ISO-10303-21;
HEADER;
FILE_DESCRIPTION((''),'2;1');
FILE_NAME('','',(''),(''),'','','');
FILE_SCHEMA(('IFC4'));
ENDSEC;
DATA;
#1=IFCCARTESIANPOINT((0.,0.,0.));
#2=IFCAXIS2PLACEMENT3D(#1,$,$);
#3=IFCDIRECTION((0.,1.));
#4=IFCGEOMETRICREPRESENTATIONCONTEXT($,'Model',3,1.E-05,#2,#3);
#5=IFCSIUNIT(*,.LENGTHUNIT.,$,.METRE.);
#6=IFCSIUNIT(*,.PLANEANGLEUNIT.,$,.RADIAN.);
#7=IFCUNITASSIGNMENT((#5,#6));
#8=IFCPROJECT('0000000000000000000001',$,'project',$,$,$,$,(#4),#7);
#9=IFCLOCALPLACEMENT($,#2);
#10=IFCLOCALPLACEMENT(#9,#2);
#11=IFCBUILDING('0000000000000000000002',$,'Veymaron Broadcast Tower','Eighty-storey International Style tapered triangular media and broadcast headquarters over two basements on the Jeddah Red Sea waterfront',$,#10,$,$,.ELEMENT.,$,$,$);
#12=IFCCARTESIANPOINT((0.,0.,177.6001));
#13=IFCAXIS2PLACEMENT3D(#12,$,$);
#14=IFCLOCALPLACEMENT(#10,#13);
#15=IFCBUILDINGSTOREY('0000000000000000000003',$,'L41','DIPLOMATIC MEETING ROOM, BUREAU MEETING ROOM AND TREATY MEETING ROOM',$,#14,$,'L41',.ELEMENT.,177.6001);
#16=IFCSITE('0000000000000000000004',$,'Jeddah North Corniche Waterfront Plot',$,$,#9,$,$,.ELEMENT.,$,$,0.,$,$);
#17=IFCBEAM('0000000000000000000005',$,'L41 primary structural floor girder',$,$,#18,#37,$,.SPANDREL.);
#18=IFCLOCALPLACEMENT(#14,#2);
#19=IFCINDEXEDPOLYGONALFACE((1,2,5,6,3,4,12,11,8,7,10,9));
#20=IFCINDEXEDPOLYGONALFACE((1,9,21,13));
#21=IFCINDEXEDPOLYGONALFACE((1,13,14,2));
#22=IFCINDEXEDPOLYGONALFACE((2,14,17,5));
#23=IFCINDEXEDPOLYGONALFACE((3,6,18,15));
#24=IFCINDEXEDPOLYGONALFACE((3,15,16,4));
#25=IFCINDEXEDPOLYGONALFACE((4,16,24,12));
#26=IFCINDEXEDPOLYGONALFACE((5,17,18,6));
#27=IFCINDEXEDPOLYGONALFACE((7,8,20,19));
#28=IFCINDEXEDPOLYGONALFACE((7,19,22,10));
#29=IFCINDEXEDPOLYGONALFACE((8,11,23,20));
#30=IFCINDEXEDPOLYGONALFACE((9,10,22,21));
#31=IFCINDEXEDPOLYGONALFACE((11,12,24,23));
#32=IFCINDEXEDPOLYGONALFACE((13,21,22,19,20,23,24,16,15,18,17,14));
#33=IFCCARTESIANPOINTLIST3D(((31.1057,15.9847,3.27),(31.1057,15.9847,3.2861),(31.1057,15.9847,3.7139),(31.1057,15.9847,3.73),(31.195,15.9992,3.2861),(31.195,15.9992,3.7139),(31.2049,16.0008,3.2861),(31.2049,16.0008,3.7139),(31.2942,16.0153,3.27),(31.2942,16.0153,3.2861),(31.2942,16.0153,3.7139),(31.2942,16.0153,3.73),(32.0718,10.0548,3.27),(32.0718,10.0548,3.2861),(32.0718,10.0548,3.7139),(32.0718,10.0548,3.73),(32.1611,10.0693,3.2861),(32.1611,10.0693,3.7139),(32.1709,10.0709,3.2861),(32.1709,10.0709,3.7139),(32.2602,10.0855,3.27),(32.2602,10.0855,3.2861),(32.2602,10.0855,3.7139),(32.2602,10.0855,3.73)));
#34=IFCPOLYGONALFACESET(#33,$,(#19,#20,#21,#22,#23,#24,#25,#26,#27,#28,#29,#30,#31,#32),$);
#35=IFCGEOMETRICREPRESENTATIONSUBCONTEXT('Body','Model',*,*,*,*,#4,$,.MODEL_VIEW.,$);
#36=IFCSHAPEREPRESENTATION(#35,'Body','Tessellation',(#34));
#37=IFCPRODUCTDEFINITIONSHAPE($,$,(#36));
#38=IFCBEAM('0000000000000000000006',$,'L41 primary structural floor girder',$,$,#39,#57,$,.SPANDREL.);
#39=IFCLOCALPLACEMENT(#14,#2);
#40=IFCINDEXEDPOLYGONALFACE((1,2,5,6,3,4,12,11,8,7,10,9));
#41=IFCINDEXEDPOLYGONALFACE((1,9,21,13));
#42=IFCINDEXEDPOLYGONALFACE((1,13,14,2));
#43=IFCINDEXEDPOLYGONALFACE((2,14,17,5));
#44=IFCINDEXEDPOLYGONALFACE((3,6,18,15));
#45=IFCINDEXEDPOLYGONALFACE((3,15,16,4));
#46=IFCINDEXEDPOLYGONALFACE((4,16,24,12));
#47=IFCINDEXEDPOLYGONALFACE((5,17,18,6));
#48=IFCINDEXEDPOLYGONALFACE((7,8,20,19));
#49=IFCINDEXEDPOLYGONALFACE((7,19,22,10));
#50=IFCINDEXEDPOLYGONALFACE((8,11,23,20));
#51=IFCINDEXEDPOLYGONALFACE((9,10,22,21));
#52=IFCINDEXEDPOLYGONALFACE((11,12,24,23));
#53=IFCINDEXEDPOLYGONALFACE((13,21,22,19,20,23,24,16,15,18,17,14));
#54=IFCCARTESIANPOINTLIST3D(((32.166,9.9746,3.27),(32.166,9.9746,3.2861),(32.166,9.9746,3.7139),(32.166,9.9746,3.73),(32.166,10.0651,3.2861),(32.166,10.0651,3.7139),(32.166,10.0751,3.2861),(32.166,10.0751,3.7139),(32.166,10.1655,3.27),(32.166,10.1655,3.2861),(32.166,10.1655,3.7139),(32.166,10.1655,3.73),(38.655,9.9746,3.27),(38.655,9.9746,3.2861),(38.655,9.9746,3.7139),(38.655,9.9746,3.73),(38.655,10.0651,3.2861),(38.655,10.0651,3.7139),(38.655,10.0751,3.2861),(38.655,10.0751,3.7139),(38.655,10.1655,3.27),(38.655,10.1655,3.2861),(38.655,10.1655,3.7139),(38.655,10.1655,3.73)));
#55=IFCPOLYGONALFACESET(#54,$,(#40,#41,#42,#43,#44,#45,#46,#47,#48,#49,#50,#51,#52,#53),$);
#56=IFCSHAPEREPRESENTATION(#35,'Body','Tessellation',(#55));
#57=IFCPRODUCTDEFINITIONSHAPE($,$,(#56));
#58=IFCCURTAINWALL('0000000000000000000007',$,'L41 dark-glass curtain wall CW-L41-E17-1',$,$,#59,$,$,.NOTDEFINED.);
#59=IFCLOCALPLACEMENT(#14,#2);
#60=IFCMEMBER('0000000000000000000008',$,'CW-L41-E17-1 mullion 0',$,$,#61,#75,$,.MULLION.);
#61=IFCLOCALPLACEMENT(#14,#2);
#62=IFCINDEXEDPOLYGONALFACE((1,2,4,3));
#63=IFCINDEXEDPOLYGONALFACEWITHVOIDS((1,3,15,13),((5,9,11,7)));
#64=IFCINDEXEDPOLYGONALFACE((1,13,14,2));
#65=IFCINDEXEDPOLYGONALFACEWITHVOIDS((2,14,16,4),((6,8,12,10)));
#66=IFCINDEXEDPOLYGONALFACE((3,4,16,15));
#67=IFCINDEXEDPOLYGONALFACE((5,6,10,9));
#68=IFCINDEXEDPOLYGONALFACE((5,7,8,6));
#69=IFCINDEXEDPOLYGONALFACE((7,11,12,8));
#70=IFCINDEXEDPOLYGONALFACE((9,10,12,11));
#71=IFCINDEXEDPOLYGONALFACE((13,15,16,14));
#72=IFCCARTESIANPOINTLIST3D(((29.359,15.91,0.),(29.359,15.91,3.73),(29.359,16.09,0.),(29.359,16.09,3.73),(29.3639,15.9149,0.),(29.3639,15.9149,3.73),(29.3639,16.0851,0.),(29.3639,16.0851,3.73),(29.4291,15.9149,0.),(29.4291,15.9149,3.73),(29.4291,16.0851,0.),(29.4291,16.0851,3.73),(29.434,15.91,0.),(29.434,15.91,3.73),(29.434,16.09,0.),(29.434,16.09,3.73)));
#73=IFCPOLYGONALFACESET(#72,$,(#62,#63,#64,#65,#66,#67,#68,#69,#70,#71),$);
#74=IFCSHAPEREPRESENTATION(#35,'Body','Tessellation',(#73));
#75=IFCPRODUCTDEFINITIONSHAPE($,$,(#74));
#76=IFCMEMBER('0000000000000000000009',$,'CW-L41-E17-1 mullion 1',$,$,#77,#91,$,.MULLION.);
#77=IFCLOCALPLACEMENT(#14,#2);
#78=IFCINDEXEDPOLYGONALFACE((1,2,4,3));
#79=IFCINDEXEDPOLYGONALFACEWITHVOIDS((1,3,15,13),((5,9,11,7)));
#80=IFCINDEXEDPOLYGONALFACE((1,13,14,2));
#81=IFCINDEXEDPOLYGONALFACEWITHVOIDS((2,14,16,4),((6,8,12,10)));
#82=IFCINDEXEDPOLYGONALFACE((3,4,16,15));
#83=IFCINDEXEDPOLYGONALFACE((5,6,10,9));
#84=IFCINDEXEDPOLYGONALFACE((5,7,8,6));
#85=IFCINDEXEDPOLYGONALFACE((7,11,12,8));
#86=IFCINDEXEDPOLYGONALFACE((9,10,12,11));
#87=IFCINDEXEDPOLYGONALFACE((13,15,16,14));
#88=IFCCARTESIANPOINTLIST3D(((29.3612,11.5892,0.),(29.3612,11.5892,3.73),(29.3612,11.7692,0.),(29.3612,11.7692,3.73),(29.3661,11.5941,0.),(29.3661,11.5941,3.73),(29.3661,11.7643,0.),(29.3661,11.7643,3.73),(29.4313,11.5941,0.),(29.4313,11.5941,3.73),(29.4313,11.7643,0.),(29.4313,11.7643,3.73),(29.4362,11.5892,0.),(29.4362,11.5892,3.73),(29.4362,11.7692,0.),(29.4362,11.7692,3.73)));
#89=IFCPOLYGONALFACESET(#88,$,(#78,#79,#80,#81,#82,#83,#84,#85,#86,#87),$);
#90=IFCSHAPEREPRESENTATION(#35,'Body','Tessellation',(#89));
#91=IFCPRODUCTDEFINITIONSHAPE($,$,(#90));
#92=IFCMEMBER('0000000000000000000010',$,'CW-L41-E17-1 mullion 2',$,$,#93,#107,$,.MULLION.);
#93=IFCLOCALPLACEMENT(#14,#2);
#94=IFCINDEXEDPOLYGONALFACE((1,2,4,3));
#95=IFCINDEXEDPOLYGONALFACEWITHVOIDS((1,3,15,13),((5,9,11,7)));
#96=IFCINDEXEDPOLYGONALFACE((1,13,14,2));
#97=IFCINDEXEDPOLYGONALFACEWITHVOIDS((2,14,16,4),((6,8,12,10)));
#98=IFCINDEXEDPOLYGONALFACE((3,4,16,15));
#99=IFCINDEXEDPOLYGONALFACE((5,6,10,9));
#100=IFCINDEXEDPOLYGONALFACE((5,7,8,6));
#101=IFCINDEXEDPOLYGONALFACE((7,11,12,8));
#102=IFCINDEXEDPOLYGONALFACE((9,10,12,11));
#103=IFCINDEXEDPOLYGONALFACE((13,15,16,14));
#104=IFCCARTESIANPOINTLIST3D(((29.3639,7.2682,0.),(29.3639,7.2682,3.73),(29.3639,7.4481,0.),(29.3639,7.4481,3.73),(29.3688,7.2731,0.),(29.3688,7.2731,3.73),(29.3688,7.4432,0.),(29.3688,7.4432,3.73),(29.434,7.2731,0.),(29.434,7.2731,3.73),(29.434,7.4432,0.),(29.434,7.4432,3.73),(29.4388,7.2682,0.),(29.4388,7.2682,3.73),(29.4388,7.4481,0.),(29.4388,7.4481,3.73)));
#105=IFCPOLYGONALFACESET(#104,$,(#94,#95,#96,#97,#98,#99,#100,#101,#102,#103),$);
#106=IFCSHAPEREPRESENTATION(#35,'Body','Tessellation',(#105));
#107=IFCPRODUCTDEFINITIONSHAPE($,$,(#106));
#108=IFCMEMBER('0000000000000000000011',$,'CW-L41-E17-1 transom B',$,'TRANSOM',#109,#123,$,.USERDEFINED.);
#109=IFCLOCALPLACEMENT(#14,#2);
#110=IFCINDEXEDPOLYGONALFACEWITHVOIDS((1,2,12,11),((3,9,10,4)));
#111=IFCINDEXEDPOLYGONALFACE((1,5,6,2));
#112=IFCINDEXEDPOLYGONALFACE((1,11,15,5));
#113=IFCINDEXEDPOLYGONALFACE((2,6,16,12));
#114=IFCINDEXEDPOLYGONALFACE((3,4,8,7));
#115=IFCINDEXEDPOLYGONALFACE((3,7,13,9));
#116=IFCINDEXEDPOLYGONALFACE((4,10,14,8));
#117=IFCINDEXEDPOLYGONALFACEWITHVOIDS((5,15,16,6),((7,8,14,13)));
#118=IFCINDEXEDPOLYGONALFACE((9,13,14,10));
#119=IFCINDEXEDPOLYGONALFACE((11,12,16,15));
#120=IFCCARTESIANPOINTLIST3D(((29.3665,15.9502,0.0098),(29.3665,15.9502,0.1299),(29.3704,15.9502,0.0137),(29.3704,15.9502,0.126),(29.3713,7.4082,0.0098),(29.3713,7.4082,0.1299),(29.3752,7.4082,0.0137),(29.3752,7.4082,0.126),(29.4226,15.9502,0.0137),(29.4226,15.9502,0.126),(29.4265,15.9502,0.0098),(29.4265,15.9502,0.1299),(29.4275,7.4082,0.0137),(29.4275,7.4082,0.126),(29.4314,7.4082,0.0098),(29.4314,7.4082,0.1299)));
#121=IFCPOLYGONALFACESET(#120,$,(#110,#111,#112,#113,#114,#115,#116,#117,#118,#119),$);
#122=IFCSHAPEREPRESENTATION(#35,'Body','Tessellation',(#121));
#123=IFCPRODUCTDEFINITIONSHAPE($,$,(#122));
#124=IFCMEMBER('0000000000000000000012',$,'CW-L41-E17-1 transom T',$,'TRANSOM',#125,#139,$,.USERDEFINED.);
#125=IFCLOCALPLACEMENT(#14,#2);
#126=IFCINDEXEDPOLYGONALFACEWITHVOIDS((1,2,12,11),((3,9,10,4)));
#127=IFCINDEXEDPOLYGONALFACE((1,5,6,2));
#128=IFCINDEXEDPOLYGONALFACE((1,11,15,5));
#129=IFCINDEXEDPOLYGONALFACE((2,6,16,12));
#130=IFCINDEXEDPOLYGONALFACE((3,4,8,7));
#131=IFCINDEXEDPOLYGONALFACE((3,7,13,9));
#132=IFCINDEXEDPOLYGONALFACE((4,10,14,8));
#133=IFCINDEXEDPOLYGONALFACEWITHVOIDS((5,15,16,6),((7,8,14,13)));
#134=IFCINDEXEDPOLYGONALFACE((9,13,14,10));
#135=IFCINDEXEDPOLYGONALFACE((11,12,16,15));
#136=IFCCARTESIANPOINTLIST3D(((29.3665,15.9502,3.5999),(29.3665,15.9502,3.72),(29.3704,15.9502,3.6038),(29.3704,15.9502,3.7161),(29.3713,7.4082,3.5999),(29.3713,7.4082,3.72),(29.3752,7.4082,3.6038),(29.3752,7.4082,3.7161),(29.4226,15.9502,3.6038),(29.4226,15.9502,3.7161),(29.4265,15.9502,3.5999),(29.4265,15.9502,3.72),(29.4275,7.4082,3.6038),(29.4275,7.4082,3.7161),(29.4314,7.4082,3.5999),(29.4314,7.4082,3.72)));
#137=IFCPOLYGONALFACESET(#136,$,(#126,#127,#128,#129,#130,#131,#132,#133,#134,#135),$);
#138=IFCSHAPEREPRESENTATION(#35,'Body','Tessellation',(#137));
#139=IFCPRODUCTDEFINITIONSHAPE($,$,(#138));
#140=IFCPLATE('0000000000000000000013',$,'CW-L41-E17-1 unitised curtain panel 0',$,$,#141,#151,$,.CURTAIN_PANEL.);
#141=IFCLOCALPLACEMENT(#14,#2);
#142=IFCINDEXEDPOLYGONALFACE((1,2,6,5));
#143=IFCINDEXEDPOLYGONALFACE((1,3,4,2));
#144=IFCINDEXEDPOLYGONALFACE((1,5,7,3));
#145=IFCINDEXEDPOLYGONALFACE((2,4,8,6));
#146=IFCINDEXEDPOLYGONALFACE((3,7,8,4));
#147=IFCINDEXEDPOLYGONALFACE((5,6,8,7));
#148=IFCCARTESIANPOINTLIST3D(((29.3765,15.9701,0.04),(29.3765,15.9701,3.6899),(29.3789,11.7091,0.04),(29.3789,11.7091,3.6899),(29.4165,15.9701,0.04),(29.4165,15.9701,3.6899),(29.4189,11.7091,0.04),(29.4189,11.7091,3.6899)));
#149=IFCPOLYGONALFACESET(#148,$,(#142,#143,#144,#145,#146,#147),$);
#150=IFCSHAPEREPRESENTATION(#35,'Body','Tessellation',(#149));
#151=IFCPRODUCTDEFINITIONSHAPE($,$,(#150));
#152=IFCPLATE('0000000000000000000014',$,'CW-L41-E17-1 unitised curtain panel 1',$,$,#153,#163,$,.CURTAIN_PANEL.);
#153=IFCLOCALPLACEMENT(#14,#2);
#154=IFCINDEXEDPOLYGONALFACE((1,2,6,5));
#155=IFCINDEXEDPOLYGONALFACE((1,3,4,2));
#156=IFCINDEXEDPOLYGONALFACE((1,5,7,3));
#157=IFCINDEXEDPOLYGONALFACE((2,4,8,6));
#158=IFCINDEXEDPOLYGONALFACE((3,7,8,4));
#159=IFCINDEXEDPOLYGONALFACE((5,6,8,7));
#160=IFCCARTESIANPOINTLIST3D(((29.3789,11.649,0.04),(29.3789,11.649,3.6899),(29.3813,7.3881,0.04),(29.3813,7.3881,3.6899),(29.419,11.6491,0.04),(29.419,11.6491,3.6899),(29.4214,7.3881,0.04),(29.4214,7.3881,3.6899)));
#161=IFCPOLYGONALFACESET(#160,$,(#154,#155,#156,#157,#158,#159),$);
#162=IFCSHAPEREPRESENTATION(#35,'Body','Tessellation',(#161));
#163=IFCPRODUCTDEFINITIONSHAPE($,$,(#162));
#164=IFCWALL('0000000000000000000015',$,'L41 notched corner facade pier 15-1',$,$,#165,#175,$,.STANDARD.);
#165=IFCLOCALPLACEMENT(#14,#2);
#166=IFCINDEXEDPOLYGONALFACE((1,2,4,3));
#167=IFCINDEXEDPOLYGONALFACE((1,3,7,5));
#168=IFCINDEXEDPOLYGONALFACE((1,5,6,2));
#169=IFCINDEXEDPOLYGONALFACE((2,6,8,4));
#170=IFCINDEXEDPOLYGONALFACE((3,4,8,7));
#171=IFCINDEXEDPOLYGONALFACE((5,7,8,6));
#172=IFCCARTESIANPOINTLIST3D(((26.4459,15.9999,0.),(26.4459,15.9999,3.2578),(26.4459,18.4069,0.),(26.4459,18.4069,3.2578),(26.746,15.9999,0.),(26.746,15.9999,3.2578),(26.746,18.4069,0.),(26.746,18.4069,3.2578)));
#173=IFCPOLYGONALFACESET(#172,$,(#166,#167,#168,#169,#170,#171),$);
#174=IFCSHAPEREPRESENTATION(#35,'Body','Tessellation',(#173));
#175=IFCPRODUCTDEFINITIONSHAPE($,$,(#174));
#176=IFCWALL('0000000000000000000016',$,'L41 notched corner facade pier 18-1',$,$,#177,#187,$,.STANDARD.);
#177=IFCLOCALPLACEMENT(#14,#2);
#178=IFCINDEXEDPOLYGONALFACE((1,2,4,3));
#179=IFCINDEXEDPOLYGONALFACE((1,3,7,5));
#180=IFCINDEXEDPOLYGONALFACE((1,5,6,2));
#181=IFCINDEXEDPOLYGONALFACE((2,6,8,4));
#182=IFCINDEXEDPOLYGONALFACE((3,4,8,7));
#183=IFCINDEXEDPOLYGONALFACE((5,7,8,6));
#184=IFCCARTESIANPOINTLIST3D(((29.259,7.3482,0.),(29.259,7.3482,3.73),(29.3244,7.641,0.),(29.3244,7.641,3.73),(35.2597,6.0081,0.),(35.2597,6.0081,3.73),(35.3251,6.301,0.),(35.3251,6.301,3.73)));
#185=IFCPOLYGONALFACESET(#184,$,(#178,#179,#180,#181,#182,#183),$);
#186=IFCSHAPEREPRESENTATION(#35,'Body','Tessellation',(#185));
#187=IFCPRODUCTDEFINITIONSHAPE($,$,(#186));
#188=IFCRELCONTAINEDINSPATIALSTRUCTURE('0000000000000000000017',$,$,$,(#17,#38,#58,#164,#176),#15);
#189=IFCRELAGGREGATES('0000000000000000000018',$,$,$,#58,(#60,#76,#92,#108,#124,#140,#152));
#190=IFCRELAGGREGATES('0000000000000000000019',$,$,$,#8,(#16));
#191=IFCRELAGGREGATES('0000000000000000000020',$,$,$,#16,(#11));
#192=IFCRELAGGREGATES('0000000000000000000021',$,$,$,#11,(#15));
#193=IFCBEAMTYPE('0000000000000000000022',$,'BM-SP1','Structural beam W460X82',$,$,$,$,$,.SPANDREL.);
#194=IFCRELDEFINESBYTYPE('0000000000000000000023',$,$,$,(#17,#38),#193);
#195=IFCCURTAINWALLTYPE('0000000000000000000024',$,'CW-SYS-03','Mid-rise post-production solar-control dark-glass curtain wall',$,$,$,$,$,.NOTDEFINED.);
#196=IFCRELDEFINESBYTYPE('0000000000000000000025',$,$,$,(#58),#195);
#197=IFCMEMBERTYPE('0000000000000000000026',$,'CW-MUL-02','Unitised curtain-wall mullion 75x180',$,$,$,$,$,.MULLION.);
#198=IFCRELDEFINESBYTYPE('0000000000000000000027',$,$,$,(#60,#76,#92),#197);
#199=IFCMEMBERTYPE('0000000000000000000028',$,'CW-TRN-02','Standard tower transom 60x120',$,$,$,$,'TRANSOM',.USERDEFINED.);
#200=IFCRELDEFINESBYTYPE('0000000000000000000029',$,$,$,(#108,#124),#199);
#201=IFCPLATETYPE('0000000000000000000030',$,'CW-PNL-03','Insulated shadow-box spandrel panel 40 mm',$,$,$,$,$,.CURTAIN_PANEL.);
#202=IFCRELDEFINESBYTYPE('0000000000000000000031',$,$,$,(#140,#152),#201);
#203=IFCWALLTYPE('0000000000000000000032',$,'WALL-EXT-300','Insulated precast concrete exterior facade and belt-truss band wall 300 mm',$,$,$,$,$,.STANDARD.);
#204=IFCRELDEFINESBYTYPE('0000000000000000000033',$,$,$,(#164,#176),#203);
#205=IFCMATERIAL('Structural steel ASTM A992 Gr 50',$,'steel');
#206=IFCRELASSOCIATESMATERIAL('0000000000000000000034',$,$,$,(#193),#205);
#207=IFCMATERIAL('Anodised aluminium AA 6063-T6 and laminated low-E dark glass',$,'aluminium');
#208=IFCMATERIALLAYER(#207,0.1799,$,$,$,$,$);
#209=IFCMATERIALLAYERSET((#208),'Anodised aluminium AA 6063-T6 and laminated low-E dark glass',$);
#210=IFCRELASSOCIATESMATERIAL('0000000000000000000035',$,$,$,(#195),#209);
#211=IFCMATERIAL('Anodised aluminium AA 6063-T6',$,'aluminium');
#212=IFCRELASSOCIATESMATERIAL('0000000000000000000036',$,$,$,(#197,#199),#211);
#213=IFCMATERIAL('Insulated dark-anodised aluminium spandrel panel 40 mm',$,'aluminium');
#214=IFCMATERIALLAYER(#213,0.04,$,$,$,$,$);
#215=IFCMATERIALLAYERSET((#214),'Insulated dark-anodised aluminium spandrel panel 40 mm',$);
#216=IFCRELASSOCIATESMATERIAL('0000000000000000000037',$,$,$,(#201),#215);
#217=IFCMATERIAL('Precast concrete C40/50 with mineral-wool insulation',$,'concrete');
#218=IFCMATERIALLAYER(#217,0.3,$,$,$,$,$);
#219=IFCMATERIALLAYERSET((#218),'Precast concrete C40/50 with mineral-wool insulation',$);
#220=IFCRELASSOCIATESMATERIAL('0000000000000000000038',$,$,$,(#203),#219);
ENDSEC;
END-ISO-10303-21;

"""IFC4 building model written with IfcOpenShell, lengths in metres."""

from ifc_helpers import new_model, si_unit, direction, frame, frame_2d, origin, origin_2d, place, context, subcontext, project, spatial, rectangle, hollow_rectangle, i_section, extrude, material, layer, layer_set, material_profile, profile_set, type_object, element, aggregate, save


model = new_model("IFC4")

# Units and contexts
model_context = context("Model", 3, precision=1e-05, world=origin(), true_north=direction((0.0, 1.0)))
body_context = subcontext(model_context, "Body", "Model", "MODEL_VIEW")
ifc_project = project(units=[si_unit("LENGTHUNIT", "METRE"), si_unit("PLANEANGLEUNIT", "RADIAN")], contexts=[model_context])

# Site, building, storey
site_placement = place(None, origin())
site = spatial("IfcSite", under=ifc_project, at=site_placement, Name="Jeddah North Corniche Waterfront Plot", CompositionType="ELEMENT", RefElevation=0.0)
building_placement = place(site_placement, origin())
building = spatial("IfcBuilding", under=site, at=building_placement, Name="Veymaron Broadcast Tower", Description="Eighty-storey International Style tapered triangular media and broadcast headquarters over two basements on the Jeddah Red Sea waterfront", CompositionType="ELEMENT")
storey_placement = place(building_placement, frame((0.0, 0.0, 177.6001)))
storey = spatial("IfcBuildingStorey", under=building, at=storey_placement, Name="L41", Description="DIPLOMATIC MEETING ROOM, BUREAU MEETING ROOM AND TREATY MEETING ROOM", LongName="L41", CompositionType="ELEMENT", Elevation=177.6001)

# Shared definitions
ifc_material_1 = material(Name="Structural steel ASTM A992 Gr 50", Category="steel")

# Beams
ifc_material_profile_1 = material_profile(ifc_material_1, i_section(OverallWidth=0.1909, OverallDepth=0.46, WebThickness=0.01, FlangeThickness=0.0161, at=origin_2d()), Name="W460X82")
ifc_profile_set_1 = profile_set([ifc_material_profile_1], Name="Structural steel ASTM A992 Gr 50")
beam_type_1 = type_object("IfcBeamType", Name="BM-SP1", Description="Structural beam W460X82", PredefinedType="SPANDREL", material=ifc_profile_set_1)
beam_1_placement = place(storey_placement, frame((31.2, 16.0, 3.5), z_axis=(0.160793, -0.986988, 0.0), x_axis=(0.986988, 0.160793, 0.0)))
element("IfcBeam", 1, at=beam_1_placement, inside=storey, type_object=beam_type_1, Name="L41 primary structural floor girder", PredefinedType="SPANDREL", context=body_context, shape_type="SweptSolid", body=[
    extrude(i_section(OverallWidth=0.1909, OverallDepth=0.46, WebThickness=0.01, FlangeThickness=0.0161, at=origin_2d()), origin(), (0.0, 0.0, 1.0), 6.0081),
])
beam_2_placement = place(storey_placement, frame((32.166, 10.0701, 3.5), z_axis=(1.0, 0.0, 0.0), x_axis=(0.0, 1.0, 0.0)))
element("IfcBeam", 2, at=beam_2_placement, inside=storey, type_object=beam_type_1, Name="L41 primary structural floor girder", PredefinedType="SPANDREL", context=body_context, shape_type="SweptSolid", body=[
    extrude(i_section(OverallWidth=0.1909, OverallDepth=0.46, WebThickness=0.01, FlangeThickness=0.0161, at=origin_2d()), origin(), (0.0, 0.0, 1.0), 6.489),
])

# Curtain wall, members, plates
ifc_material_2 = material(Name="Anodised aluminium AA 6063-T6 and laminated low-E dark glass", Category="aluminium")
ifc_layer_1 = layer(ifc_material_2, 0.1799)
ifc_layer_set_1 = layer_set([ifc_layer_1], Name="Anodised aluminium AA 6063-T6 and laminated low-E dark glass")
curtain_wall_type = type_object("IfcCurtainWallType", Name="CW-SYS-03", Description="Mid-rise post-production solar-control dark-glass curtain wall", PredefinedType="NOTDEFINED", material=ifc_layer_set_1)
curtain_wall_placement = place(storey_placement, origin())
curtain_wall = element("IfcCurtainWall", 3, at=curtain_wall_placement, inside=storey, type_object=curtain_wall_type, Name="L41 dark-glass curtain wall CW-L41-E17-1", PredefinedType="NOTDEFINED")
ifc_material_3 = material(Name="Anodised aluminium AA 6063-T6", Category="aluminium")
ifc_material_profile_2 = material_profile(ifc_material_3, hollow_rectangle(XDim=0.075, YDim=0.1799, WallThickness=0.0049, at=origin_2d()), Name="AL180X75X5")
ifc_profile_set_2 = profile_set([ifc_material_profile_2], Name="Anodised aluminium AA 6063-T6")
member_type_1 = type_object("IfcMemberType", Name="CW-MUL-02", Description="Unitised curtain-wall mullion 75x180", PredefinedType="MULLION", material=ifc_profile_set_2)
member_1_placement = place(storey_placement, frame((29.3965, 16.0, 0.0), z_axis=(0.0, 0.0, 1.0), x_axis=(1.0, 0.0, 0.0)))
member_1 = element("IfcMember", 4, at=member_1_placement, type_object=member_type_1, Name="CW-L41-E17-1 mullion 0", PredefinedType="MULLION", context=body_context, shape_type="SweptSolid", body=[
    extrude(hollow_rectangle(XDim=0.075, YDim=0.1799, WallThickness=0.0049, at=origin_2d()), origin(), (0.0, 0.0, 1.0), 3.73),
])
member_2_placement = place(storey_placement, frame((29.3987, 11.6792, 0.0), z_axis=(0.0, 0.0, 1.0), x_axis=(1.0, 0.0, 0.0)))
member_2 = element("IfcMember", 5, at=member_2_placement, type_object=member_type_1, Name="CW-L41-E17-1 mullion 1", PredefinedType="MULLION", context=body_context, shape_type="SweptSolid", body=[
    extrude(hollow_rectangle(XDim=0.075, YDim=0.1799, WallThickness=0.0049, at=origin_2d()), origin(), (0.0, 0.0, 1.0), 3.73),
])
member_3_placement = place(storey_placement, frame((29.4014, 7.3582, 0.0), z_axis=(0.0, 0.0, 1.0), x_axis=(1.0, 0.0, 0.0)))
member_3 = element("IfcMember", 6, at=member_3_placement, type_object=member_type_1, Name="CW-L41-E17-1 mullion 2", PredefinedType="MULLION", context=body_context, shape_type="SweptSolid", body=[
    extrude(hollow_rectangle(XDim=0.075, YDim=0.1799, WallThickness=0.0049, at=origin_2d()), origin(), (0.0, 0.0, 1.0), 3.73),
])
ifc_material_profile_3 = material_profile(ifc_material_3, hollow_rectangle(XDim=0.0601, YDim=0.1201, WallThickness=0.0039, at=origin_2d()), Name="AL120X60X4")
ifc_profile_set_3 = profile_set([ifc_material_profile_3], Name="Anodised aluminium AA 6063-T6")
member_type_2 = type_object("IfcMemberType", Name="CW-TRN-02", Description="Standard tower transom 60x120", ElementType="TRANSOM", PredefinedType="USERDEFINED", material=ifc_profile_set_3)
member_4_placement = place(storey_placement, frame((29.3965, 15.9502, 0.0698), z_axis=(0.000572, -1.0, 0.0), x_axis=(1.0, 0.000572, 0.0)))
member_4 = element("IfcMember", 7, at=member_4_placement, type_object=member_type_2, Name="CW-L41-E17-1 transom B", ObjectType="TRANSOM", PredefinedType="USERDEFINED", context=body_context, shape_type="SweptSolid", body=[
    extrude(hollow_rectangle(XDim=0.0601, YDim=0.1201, WallThickness=0.0039, at=origin_2d()), origin(), (0.0, 0.0, 1.0), 8.542),
])
member_5_placement = place(storey_placement, frame((29.3965, 15.9502, 3.6599), z_axis=(0.000572, -1.0, 0.0), x_axis=(1.0, 0.000572, 0.0)))
member_5 = element("IfcMember", 8, at=member_5_placement, type_object=member_type_2, Name="CW-L41-E17-1 transom T", ObjectType="TRANSOM", PredefinedType="USERDEFINED", context=body_context, shape_type="SweptSolid", body=[
    extrude(hollow_rectangle(XDim=0.0601, YDim=0.1201, WallThickness=0.0039, at=origin_2d()), origin(), (0.0, 0.0, 1.0), 8.542),
])
ifc_material_4 = material(Name="Insulated dark-anodised aluminium spandrel panel 40 mm", Category="aluminium")
ifc_layer_2 = layer(ifc_material_4, 0.04)
ifc_layer_set_2 = layer_set([ifc_layer_2], Name="Insulated dark-anodised aluminium spandrel panel 40 mm")
plate_type = type_object("IfcPlateType", Name="CW-PNL-03", Description="Insulated shadow-box spandrel panel 40 mm", PredefinedType="CURTAIN_PANEL", material=ifc_layer_set_2)
plate_1_placement = place(storey_placement, frame((29.3977, 13.8396, 0.04), z_axis=(0.0, 0.0, 1.0), x_axis=(0.000559, -1.0, 0.0)))
plate_1 = element("IfcPlate", 9, at=plate_1_placement, type_object=plate_type, Name="CW-L41-E17-1 unitised curtain panel 0", PredefinedType="CURTAIN_PANEL", context=body_context, shape_type="SweptSolid", body=[
    extrude(rectangle(XDim=4.261, YDim=0.04, at=origin_2d()), origin(), (0.0, 0.0, 1.0), 3.6499),
])
plate_2_placement = place(storey_placement, frame((29.4001, 9.5186, 0.04), z_axis=(0.0, 0.0, 1.0), x_axis=(0.000559, -1.0, 0.0)))
plate_2 = element("IfcPlate", 10, at=plate_2_placement, type_object=plate_type, Name="CW-L41-E17-1 unitised curtain panel 1", PredefinedType="CURTAIN_PANEL", context=body_context, shape_type="SweptSolid", body=[
    extrude(rectangle(XDim=4.261, YDim=0.04, at=origin_2d()), origin(), (0.0, 0.0, 1.0), 3.6499),
])
aggregate(curtain_wall, [member_1, member_2, member_3, member_4, member_5, plate_1, plate_2])

# Walls
ifc_material_5 = material(Name="Precast concrete C40/50 with mineral-wool insulation", Category="concrete")
ifc_layer_3 = layer(ifc_material_5, 0.3)
ifc_layer_set_3 = layer_set([ifc_layer_3], Name="Precast concrete C40/50 with mineral-wool insulation")
wall_type_1 = type_object("IfcWallType", Name="WALL-EXT-300", Description="Insulated precast concrete exterior facade and belt-truss band wall 300 mm", PredefinedType="STANDARD", material=ifc_layer_set_3)
wall_1_placement = place(storey_placement, frame((26.5959, 18.407, 0.0), z_axis=(0.0, 0.0, 1.0), x_axis=(0.0, -1.0, 0.0)))
element("IfcWall", 11, at=wall_1_placement, inside=storey, type_object=wall_type_1, Name="L41 notched corner facade pier 15-1", PredefinedType="STANDARD", context=body_context, shape_type="SweptSolid", body=[
    extrude(rectangle(XDim=2.407, YDim=0.3, at=frame_2d((1.2036, 0.0))), origin(), (0.0, 0.0, 1.0), 3.2578),
])
wall_2_placement = place(storey_placement, frame((29.2917, 7.4946, 0.0), z_axis=(0.0, 0.0, 1.0), x_axis=(0.975959, -0.217952, 0.0)))
element("IfcWall", 12, at=wall_2_placement, inside=storey, type_object=wall_type_1, Name="L41 notched corner facade pier 18-1", PredefinedType="STANDARD", context=body_context, shape_type="SweptSolid", body=[
    extrude(rectangle(XDim=6.1484, YDim=0.3, at=frame_2d((3.0742, 0.0))), origin(), (0.0, 0.0, 1.0), 3.73),
])

save(model, "model.ifc")
